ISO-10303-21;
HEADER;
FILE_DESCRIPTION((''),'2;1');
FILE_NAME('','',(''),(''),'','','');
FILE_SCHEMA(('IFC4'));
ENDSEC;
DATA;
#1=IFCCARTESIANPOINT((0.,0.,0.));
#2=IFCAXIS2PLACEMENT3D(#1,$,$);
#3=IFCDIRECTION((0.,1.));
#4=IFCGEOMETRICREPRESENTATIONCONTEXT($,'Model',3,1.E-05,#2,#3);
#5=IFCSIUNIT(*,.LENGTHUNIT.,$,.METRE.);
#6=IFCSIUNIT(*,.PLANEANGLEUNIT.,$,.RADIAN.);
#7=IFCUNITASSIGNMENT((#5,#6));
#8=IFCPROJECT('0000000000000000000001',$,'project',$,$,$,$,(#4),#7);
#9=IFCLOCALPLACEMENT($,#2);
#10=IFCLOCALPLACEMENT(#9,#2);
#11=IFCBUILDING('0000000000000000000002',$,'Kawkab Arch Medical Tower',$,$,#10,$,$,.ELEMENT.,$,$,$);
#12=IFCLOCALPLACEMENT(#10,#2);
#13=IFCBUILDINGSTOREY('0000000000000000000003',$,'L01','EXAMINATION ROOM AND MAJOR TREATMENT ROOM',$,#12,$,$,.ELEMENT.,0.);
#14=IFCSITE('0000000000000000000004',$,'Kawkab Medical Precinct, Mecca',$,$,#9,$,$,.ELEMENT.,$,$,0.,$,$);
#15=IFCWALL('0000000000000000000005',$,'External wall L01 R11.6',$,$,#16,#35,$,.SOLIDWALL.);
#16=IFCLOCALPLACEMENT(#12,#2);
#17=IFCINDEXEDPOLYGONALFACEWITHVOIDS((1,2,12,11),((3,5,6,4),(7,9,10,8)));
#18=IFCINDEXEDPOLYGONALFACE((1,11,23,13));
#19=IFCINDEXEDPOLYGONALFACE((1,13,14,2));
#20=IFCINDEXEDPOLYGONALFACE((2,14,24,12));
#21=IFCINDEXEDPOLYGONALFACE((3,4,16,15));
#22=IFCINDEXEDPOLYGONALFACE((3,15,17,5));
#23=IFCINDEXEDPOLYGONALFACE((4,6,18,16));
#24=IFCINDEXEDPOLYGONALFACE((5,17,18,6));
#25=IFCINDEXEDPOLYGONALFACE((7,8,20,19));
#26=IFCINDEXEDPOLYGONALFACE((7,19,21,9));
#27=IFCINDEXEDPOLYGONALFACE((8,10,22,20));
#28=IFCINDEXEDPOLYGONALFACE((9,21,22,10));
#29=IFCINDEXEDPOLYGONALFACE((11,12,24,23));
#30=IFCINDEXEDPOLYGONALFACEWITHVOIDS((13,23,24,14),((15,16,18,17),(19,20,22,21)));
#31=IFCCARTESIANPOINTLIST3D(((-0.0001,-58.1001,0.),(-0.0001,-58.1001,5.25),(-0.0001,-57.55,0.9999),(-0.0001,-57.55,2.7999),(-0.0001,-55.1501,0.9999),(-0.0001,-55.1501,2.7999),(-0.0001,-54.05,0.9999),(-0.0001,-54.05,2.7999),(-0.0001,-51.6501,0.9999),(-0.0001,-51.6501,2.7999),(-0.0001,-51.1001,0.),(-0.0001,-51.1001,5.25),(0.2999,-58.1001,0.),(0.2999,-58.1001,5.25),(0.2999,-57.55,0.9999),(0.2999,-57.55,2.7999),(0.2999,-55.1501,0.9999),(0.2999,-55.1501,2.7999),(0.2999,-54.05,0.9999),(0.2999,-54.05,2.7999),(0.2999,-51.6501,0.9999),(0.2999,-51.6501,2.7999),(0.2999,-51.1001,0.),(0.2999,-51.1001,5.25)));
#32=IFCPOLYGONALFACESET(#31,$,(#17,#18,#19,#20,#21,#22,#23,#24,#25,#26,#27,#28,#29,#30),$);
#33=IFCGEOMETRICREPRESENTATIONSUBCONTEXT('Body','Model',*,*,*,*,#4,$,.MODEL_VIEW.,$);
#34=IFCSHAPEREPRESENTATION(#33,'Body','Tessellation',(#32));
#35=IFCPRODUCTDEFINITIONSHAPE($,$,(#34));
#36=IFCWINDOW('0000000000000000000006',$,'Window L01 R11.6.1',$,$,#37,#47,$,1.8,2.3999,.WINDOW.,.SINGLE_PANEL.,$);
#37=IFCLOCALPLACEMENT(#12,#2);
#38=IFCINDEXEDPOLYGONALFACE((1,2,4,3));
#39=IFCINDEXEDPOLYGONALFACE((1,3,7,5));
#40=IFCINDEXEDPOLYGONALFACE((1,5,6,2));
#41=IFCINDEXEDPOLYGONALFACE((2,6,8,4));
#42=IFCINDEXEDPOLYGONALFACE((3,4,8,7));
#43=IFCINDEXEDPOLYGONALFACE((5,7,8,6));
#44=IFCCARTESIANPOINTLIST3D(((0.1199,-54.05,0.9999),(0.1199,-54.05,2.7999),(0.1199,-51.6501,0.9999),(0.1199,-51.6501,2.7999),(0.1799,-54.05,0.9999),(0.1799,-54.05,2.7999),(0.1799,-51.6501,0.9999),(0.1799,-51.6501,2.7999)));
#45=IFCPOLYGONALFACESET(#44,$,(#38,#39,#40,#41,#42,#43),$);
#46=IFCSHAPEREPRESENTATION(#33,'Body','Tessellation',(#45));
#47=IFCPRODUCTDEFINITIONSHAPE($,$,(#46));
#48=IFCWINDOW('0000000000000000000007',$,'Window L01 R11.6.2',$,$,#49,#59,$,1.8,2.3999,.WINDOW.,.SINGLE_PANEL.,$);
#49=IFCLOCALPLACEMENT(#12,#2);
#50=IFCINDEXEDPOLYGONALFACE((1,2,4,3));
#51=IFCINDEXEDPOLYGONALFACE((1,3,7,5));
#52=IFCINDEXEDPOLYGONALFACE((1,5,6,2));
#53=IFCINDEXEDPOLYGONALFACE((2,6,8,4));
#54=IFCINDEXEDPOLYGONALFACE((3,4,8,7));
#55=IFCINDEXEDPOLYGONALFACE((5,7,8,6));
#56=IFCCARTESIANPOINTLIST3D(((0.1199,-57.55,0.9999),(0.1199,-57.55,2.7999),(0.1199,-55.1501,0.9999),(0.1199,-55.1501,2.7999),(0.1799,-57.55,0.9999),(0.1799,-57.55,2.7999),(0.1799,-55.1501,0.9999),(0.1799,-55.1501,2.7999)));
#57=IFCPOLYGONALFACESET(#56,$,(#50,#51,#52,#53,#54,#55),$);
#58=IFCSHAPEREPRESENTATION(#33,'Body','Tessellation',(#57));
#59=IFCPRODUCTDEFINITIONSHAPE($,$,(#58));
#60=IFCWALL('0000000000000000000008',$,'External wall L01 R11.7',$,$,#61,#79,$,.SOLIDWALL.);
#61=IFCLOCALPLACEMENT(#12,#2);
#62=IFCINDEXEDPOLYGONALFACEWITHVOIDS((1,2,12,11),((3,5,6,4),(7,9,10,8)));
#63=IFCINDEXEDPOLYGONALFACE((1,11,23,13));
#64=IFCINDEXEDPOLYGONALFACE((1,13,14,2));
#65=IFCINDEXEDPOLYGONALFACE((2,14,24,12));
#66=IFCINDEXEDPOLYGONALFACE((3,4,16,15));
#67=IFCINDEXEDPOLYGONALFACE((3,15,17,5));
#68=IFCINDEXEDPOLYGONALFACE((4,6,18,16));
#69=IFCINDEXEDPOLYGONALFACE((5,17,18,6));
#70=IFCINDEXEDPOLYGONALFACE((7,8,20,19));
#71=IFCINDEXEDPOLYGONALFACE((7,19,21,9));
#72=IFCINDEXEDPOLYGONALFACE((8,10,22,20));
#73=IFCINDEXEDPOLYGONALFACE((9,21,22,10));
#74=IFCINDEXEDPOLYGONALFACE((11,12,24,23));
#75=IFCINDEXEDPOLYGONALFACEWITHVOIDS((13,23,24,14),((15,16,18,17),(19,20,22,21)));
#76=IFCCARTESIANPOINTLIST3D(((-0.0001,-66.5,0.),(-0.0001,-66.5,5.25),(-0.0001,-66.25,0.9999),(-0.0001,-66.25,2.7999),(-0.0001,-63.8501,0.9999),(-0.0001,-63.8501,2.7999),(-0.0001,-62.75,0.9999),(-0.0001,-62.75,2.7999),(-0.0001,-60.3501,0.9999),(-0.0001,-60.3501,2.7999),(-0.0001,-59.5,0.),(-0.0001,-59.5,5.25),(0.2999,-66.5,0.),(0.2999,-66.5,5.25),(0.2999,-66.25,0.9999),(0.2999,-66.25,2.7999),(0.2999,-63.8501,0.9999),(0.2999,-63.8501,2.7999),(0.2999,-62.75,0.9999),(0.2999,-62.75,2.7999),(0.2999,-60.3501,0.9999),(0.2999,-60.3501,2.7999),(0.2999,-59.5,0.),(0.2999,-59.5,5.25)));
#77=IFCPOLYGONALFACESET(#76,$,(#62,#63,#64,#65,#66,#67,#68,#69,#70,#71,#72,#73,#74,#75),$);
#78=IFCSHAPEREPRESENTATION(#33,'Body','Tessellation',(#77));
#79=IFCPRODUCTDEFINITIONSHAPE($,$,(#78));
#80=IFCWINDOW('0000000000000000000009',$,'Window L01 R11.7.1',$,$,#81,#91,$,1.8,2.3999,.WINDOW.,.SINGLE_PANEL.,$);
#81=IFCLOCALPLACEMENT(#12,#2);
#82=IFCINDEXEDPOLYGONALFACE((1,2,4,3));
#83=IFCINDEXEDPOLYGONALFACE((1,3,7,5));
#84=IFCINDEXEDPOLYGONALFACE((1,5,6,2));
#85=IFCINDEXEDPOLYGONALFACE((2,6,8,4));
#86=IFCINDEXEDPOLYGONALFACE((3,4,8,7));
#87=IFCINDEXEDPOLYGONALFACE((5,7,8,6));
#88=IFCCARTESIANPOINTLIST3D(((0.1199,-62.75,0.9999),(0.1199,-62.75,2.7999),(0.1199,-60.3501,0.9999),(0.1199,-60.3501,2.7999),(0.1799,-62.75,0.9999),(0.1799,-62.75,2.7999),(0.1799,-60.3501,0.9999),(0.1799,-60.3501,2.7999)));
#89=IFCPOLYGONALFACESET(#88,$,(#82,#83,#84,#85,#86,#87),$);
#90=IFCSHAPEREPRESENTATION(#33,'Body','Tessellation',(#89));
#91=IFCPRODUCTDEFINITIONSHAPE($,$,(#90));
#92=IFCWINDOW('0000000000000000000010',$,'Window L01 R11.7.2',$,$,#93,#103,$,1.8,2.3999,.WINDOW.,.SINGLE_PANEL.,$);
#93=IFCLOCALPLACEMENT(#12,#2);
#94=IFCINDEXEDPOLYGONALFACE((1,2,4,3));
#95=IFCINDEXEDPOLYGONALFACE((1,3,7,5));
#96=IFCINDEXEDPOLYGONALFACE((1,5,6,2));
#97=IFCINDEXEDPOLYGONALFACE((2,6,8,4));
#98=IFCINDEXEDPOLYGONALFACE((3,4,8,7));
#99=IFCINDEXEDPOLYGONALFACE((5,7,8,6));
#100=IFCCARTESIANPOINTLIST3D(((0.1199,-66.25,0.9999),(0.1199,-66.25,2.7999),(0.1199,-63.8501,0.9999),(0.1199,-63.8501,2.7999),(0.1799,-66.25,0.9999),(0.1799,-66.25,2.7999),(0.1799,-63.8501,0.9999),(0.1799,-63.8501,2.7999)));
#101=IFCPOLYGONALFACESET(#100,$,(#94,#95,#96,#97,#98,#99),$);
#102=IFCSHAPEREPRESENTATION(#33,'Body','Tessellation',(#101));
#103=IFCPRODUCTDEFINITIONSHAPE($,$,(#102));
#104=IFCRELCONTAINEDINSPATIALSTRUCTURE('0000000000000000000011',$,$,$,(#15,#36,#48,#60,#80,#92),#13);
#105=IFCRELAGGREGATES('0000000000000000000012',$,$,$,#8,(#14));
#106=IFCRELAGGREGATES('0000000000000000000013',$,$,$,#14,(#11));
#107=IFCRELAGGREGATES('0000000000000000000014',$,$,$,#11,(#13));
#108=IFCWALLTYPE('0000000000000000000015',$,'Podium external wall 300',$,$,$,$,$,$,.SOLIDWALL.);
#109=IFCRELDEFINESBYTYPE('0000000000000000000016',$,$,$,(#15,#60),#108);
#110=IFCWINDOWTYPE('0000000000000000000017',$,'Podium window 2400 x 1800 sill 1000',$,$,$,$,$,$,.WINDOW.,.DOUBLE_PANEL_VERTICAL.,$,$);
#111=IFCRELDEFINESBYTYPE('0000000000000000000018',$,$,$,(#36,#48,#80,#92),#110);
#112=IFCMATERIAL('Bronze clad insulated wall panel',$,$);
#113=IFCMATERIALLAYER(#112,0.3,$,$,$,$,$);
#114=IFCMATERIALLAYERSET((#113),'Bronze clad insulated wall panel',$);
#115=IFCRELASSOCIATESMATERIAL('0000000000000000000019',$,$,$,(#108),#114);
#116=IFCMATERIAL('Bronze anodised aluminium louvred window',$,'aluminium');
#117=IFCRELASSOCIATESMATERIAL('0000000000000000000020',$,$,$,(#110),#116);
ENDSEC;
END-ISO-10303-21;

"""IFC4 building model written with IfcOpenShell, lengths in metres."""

from ifc_helpers import new_model, si_unit, direction, frame, frame_2d, origin, place, context, subcontext, project, spatial, rectangle, extrude, material, layer, layer_set, type_object, element, fill, save


model = new_model("IFC4")

# Units and contexts
model_context = context("Model", 3, precision=1e-05, world=origin(), true_north=direction((0.0, 1.0)))
body_context = subcontext(model_context, "Body", "Model", "MODEL_VIEW")
ifc_project = project(units=[si_unit("LENGTHUNIT", "METRE"), si_unit("PLANEANGLEUNIT", "RADIAN")], contexts=[model_context])

# Site, building, storey
site_placement = place(None, origin())
site = spatial("IfcSite", under=ifc_project, at=site_placement, Name="Kawkab Medical Precinct, Mecca", CompositionType="ELEMENT", RefElevation=0.0)
building_placement = place(site_placement, origin())
building = spatial("IfcBuilding", under=site, at=building_placement, Name="Kawkab Arch Medical Tower", CompositionType="ELEMENT")
storey_placement = place(building_placement, origin())
storey = spatial("IfcBuildingStorey", under=building, at=storey_placement, Name="L01", Description="EXAMINATION ROOM AND MAJOR TREATMENT ROOM", CompositionType="ELEMENT", Elevation=0.0)

# Walls, openings, windows
ifc_material_1 = material(Name="Bronze clad insulated wall panel")
ifc_layer_1 = layer(ifc_material_1, 0.3)
ifc_layer_set_1 = layer_set([ifc_layer_1], Name="Bronze clad insulated wall panel")
wall_type_1 = type_object("IfcWallType", Name="Podium external wall 300", PredefinedType="SOLIDWALL", material=ifc_layer_set_1)
wall_1_placement = place(storey_placement, frame((0.1499, -51.1001, 0.0), z_axis=(0.0, 0.0, 1.0), x_axis=(0.0, -1.0, 0.0)))
wall_1 = element("IfcWall", 1, at=wall_1_placement, inside=storey, type_object=wall_type_1, Name="External wall L01 R11.6", PredefinedType="SOLIDWALL", context=body_context, shape_type="SweptSolid", body=[
    extrude(rectangle(XDim=7.0, YDim=0.3, at=frame_2d((3.5, 0.0))), origin(), (0.0, 0.0, 1.0), 5.25),
])
opening_1_placement = place(wall_1_placement, frame((0.55, 0.0, 1.0)))
opening_1 = element("IfcOpeningElement", 2, at=opening_1_placement, cuts=wall_1, PredefinedType="OPENING", context=body_context, shape_type="SweptSolid", body=[
    extrude(rectangle(XDim=2.3999, YDim=1.8, at=frame_2d((1.2, 0.8999))), frame((0.0, 0.1599, 0.0), z_axis=(0.0, -1.0, 0.0), x_axis=(1.0, 0.0, 0.0)), (0.0, 0.0, 1.0), 0.3201),
])
opening_2_placement = place(wall_1_placement, frame((4.05, 0.0, 1.0)))
opening_2 = element("IfcOpeningElement", 3, at=opening_2_placement, cuts=wall_1, PredefinedType="OPENING", context=body_context, shape_type="SweptSolid", body=[
    extrude(rectangle(XDim=2.3999, YDim=1.8, at=frame_2d((1.2, 0.8999))), frame((0.0, 0.1599, 0.0), z_axis=(0.0, -1.0, 0.0), x_axis=(1.0, 0.0, 0.0)), (0.0, 0.0, 1.0), 0.3201),
])
ifc_material_2 = material(Name="Bronze anodised aluminium louvred window", Category="aluminium")
window_type = type_object("IfcWindowType", Name="Podium window 2400 x 1800 sill 1000", PartitioningType="DOUBLE_PANEL_VERTICAL", PredefinedType="WINDOW", material=ifc_material_2)
window_1_placement = place(opening_1_placement, origin())
window_1 = element("IfcWindow", 4, at=window_1_placement, inside=storey, type_object=window_type, Name="Window L01 R11.6.1", OverallHeight=1.8, OverallWidth=2.3999, PartitioningType="SINGLE_PANEL", PredefinedType="WINDOW", context=body_context, shape_type="SweptSolid", body=[
    extrude(rectangle(XDim=2.3999, YDim=1.8, at=frame_2d((1.2, 0.8999))), frame((0.0, 0.03, 0.0), z_axis=(0.0, -1.0, 0.0), x_axis=(1.0, 0.0, 0.0)), (0.0, 0.0, 1.0), 0.0601),
])
fill(opening_1, window_1)
window_2_placement = place(opening_2_placement, origin())
window_2 = element("IfcWindow", 5, at=window_2_placement, inside=storey, type_object=window_type, Name="Window L01 R11.6.2", OverallHeight=1.8, OverallWidth=2.3999, PartitioningType="SINGLE_PANEL", PredefinedType="WINDOW", context=body_context, shape_type="SweptSolid", body=[
    extrude(rectangle(XDim=2.3999, YDim=1.8, at=frame_2d((1.2, 0.8999))), frame((0.0, 0.03, 0.0), z_axis=(0.0, -1.0, 0.0), x_axis=(1.0, 0.0, 0.0)), (0.0, 0.0, 1.0), 0.0601),
])
fill(opening_2, window_2)
wall_2_placement = place(storey_placement, frame((0.1499, -59.5, 0.0), z_axis=(0.0, 0.0, 1.0), x_axis=(0.0, -1.0, 0.0)))
wall_2 = element("IfcWall", 6, at=wall_2_placement, inside=storey, type_object=wall_type_1, Name="External wall L01 R11.7", PredefinedType="SOLIDWALL", context=body_context, shape_type="SweptSolid", body=[
    extrude(rectangle(XDim=7.0, YDim=0.3, at=frame_2d((3.5, 0.0))), origin(), (0.0, 0.0, 1.0), 5.25),
])
opening_3_placement = place(wall_2_placement, frame((0.8501, 0.0, 1.0)))
opening_3 = element("IfcOpeningElement", 7, at=opening_3_placement, cuts=wall_2, PredefinedType="OPENING", context=body_context, shape_type="SweptSolid", body=[
    extrude(rectangle(XDim=2.3999, YDim=1.8, at=frame_2d((1.2, 0.8999))), frame((0.0, 0.1599, 0.0), z_axis=(0.0, -1.0, 0.0), x_axis=(1.0, 0.0, 0.0)), (0.0, 0.0, 1.0), 0.3201),
])
opening_4_placement = place(wall_2_placement, frame((4.3501, 0.0, 1.0)))
opening_4 = element("IfcOpeningElement", 8, at=opening_4_placement, cuts=wall_2, PredefinedType="OPENING", context=body_context, shape_type="SweptSolid", body=[
    extrude(rectangle(XDim=2.3999, YDim=1.8, at=frame_2d((1.2, 0.8999))), frame((0.0, 0.1599, 0.0), z_axis=(0.0, -1.0, 0.0), x_axis=(1.0, 0.0, 0.0)), (0.0, 0.0, 1.0), 0.3201),
])
window_3_placement = place(opening_3_placement, origin())
window_3 = element("IfcWindow", 9, at=window_3_placement, inside=storey, type_object=window_type, Name="Window L01 R11.7.1", OverallHeight=1.8, OverallWidth=2.3999, PartitioningType="SINGLE_PANEL", PredefinedType="WINDOW", context=body_context, shape_type="SweptSolid", body=[
    extrude(rectangle(XDim=2.3999, YDim=1.8, at=frame_2d((1.2, 0.8999))), frame((0.0, 0.03, 0.0), z_axis=(0.0, -1.0, 0.0), x_axis=(1.0, 0.0, 0.0)), (0.0, 0.0, 1.0), 0.0601),
])
fill(opening_3, window_3)
window_4_placement = place(opening_4_placement, origin())
window_4 = element("IfcWindow", 10, at=window_4_placement, inside=storey, type_object=window_type, Name="Window L01 R11.7.2", OverallHeight=1.8, OverallWidth=2.3999, PartitioningType="SINGLE_PANEL", PredefinedType="WINDOW", context=body_context, shape_type="SweptSolid", body=[
    extrude(rectangle(XDim=2.3999, YDim=1.8, at=frame_2d((1.2, 0.8999))), frame((0.0, 0.03, 0.0), z_axis=(0.0, -1.0, 0.0), x_axis=(1.0, 0.0, 0.0)), (0.0, 0.0, 1.0), 0.0601),
])
fill(opening_4, window_4)

save(model, "model.ifc")
